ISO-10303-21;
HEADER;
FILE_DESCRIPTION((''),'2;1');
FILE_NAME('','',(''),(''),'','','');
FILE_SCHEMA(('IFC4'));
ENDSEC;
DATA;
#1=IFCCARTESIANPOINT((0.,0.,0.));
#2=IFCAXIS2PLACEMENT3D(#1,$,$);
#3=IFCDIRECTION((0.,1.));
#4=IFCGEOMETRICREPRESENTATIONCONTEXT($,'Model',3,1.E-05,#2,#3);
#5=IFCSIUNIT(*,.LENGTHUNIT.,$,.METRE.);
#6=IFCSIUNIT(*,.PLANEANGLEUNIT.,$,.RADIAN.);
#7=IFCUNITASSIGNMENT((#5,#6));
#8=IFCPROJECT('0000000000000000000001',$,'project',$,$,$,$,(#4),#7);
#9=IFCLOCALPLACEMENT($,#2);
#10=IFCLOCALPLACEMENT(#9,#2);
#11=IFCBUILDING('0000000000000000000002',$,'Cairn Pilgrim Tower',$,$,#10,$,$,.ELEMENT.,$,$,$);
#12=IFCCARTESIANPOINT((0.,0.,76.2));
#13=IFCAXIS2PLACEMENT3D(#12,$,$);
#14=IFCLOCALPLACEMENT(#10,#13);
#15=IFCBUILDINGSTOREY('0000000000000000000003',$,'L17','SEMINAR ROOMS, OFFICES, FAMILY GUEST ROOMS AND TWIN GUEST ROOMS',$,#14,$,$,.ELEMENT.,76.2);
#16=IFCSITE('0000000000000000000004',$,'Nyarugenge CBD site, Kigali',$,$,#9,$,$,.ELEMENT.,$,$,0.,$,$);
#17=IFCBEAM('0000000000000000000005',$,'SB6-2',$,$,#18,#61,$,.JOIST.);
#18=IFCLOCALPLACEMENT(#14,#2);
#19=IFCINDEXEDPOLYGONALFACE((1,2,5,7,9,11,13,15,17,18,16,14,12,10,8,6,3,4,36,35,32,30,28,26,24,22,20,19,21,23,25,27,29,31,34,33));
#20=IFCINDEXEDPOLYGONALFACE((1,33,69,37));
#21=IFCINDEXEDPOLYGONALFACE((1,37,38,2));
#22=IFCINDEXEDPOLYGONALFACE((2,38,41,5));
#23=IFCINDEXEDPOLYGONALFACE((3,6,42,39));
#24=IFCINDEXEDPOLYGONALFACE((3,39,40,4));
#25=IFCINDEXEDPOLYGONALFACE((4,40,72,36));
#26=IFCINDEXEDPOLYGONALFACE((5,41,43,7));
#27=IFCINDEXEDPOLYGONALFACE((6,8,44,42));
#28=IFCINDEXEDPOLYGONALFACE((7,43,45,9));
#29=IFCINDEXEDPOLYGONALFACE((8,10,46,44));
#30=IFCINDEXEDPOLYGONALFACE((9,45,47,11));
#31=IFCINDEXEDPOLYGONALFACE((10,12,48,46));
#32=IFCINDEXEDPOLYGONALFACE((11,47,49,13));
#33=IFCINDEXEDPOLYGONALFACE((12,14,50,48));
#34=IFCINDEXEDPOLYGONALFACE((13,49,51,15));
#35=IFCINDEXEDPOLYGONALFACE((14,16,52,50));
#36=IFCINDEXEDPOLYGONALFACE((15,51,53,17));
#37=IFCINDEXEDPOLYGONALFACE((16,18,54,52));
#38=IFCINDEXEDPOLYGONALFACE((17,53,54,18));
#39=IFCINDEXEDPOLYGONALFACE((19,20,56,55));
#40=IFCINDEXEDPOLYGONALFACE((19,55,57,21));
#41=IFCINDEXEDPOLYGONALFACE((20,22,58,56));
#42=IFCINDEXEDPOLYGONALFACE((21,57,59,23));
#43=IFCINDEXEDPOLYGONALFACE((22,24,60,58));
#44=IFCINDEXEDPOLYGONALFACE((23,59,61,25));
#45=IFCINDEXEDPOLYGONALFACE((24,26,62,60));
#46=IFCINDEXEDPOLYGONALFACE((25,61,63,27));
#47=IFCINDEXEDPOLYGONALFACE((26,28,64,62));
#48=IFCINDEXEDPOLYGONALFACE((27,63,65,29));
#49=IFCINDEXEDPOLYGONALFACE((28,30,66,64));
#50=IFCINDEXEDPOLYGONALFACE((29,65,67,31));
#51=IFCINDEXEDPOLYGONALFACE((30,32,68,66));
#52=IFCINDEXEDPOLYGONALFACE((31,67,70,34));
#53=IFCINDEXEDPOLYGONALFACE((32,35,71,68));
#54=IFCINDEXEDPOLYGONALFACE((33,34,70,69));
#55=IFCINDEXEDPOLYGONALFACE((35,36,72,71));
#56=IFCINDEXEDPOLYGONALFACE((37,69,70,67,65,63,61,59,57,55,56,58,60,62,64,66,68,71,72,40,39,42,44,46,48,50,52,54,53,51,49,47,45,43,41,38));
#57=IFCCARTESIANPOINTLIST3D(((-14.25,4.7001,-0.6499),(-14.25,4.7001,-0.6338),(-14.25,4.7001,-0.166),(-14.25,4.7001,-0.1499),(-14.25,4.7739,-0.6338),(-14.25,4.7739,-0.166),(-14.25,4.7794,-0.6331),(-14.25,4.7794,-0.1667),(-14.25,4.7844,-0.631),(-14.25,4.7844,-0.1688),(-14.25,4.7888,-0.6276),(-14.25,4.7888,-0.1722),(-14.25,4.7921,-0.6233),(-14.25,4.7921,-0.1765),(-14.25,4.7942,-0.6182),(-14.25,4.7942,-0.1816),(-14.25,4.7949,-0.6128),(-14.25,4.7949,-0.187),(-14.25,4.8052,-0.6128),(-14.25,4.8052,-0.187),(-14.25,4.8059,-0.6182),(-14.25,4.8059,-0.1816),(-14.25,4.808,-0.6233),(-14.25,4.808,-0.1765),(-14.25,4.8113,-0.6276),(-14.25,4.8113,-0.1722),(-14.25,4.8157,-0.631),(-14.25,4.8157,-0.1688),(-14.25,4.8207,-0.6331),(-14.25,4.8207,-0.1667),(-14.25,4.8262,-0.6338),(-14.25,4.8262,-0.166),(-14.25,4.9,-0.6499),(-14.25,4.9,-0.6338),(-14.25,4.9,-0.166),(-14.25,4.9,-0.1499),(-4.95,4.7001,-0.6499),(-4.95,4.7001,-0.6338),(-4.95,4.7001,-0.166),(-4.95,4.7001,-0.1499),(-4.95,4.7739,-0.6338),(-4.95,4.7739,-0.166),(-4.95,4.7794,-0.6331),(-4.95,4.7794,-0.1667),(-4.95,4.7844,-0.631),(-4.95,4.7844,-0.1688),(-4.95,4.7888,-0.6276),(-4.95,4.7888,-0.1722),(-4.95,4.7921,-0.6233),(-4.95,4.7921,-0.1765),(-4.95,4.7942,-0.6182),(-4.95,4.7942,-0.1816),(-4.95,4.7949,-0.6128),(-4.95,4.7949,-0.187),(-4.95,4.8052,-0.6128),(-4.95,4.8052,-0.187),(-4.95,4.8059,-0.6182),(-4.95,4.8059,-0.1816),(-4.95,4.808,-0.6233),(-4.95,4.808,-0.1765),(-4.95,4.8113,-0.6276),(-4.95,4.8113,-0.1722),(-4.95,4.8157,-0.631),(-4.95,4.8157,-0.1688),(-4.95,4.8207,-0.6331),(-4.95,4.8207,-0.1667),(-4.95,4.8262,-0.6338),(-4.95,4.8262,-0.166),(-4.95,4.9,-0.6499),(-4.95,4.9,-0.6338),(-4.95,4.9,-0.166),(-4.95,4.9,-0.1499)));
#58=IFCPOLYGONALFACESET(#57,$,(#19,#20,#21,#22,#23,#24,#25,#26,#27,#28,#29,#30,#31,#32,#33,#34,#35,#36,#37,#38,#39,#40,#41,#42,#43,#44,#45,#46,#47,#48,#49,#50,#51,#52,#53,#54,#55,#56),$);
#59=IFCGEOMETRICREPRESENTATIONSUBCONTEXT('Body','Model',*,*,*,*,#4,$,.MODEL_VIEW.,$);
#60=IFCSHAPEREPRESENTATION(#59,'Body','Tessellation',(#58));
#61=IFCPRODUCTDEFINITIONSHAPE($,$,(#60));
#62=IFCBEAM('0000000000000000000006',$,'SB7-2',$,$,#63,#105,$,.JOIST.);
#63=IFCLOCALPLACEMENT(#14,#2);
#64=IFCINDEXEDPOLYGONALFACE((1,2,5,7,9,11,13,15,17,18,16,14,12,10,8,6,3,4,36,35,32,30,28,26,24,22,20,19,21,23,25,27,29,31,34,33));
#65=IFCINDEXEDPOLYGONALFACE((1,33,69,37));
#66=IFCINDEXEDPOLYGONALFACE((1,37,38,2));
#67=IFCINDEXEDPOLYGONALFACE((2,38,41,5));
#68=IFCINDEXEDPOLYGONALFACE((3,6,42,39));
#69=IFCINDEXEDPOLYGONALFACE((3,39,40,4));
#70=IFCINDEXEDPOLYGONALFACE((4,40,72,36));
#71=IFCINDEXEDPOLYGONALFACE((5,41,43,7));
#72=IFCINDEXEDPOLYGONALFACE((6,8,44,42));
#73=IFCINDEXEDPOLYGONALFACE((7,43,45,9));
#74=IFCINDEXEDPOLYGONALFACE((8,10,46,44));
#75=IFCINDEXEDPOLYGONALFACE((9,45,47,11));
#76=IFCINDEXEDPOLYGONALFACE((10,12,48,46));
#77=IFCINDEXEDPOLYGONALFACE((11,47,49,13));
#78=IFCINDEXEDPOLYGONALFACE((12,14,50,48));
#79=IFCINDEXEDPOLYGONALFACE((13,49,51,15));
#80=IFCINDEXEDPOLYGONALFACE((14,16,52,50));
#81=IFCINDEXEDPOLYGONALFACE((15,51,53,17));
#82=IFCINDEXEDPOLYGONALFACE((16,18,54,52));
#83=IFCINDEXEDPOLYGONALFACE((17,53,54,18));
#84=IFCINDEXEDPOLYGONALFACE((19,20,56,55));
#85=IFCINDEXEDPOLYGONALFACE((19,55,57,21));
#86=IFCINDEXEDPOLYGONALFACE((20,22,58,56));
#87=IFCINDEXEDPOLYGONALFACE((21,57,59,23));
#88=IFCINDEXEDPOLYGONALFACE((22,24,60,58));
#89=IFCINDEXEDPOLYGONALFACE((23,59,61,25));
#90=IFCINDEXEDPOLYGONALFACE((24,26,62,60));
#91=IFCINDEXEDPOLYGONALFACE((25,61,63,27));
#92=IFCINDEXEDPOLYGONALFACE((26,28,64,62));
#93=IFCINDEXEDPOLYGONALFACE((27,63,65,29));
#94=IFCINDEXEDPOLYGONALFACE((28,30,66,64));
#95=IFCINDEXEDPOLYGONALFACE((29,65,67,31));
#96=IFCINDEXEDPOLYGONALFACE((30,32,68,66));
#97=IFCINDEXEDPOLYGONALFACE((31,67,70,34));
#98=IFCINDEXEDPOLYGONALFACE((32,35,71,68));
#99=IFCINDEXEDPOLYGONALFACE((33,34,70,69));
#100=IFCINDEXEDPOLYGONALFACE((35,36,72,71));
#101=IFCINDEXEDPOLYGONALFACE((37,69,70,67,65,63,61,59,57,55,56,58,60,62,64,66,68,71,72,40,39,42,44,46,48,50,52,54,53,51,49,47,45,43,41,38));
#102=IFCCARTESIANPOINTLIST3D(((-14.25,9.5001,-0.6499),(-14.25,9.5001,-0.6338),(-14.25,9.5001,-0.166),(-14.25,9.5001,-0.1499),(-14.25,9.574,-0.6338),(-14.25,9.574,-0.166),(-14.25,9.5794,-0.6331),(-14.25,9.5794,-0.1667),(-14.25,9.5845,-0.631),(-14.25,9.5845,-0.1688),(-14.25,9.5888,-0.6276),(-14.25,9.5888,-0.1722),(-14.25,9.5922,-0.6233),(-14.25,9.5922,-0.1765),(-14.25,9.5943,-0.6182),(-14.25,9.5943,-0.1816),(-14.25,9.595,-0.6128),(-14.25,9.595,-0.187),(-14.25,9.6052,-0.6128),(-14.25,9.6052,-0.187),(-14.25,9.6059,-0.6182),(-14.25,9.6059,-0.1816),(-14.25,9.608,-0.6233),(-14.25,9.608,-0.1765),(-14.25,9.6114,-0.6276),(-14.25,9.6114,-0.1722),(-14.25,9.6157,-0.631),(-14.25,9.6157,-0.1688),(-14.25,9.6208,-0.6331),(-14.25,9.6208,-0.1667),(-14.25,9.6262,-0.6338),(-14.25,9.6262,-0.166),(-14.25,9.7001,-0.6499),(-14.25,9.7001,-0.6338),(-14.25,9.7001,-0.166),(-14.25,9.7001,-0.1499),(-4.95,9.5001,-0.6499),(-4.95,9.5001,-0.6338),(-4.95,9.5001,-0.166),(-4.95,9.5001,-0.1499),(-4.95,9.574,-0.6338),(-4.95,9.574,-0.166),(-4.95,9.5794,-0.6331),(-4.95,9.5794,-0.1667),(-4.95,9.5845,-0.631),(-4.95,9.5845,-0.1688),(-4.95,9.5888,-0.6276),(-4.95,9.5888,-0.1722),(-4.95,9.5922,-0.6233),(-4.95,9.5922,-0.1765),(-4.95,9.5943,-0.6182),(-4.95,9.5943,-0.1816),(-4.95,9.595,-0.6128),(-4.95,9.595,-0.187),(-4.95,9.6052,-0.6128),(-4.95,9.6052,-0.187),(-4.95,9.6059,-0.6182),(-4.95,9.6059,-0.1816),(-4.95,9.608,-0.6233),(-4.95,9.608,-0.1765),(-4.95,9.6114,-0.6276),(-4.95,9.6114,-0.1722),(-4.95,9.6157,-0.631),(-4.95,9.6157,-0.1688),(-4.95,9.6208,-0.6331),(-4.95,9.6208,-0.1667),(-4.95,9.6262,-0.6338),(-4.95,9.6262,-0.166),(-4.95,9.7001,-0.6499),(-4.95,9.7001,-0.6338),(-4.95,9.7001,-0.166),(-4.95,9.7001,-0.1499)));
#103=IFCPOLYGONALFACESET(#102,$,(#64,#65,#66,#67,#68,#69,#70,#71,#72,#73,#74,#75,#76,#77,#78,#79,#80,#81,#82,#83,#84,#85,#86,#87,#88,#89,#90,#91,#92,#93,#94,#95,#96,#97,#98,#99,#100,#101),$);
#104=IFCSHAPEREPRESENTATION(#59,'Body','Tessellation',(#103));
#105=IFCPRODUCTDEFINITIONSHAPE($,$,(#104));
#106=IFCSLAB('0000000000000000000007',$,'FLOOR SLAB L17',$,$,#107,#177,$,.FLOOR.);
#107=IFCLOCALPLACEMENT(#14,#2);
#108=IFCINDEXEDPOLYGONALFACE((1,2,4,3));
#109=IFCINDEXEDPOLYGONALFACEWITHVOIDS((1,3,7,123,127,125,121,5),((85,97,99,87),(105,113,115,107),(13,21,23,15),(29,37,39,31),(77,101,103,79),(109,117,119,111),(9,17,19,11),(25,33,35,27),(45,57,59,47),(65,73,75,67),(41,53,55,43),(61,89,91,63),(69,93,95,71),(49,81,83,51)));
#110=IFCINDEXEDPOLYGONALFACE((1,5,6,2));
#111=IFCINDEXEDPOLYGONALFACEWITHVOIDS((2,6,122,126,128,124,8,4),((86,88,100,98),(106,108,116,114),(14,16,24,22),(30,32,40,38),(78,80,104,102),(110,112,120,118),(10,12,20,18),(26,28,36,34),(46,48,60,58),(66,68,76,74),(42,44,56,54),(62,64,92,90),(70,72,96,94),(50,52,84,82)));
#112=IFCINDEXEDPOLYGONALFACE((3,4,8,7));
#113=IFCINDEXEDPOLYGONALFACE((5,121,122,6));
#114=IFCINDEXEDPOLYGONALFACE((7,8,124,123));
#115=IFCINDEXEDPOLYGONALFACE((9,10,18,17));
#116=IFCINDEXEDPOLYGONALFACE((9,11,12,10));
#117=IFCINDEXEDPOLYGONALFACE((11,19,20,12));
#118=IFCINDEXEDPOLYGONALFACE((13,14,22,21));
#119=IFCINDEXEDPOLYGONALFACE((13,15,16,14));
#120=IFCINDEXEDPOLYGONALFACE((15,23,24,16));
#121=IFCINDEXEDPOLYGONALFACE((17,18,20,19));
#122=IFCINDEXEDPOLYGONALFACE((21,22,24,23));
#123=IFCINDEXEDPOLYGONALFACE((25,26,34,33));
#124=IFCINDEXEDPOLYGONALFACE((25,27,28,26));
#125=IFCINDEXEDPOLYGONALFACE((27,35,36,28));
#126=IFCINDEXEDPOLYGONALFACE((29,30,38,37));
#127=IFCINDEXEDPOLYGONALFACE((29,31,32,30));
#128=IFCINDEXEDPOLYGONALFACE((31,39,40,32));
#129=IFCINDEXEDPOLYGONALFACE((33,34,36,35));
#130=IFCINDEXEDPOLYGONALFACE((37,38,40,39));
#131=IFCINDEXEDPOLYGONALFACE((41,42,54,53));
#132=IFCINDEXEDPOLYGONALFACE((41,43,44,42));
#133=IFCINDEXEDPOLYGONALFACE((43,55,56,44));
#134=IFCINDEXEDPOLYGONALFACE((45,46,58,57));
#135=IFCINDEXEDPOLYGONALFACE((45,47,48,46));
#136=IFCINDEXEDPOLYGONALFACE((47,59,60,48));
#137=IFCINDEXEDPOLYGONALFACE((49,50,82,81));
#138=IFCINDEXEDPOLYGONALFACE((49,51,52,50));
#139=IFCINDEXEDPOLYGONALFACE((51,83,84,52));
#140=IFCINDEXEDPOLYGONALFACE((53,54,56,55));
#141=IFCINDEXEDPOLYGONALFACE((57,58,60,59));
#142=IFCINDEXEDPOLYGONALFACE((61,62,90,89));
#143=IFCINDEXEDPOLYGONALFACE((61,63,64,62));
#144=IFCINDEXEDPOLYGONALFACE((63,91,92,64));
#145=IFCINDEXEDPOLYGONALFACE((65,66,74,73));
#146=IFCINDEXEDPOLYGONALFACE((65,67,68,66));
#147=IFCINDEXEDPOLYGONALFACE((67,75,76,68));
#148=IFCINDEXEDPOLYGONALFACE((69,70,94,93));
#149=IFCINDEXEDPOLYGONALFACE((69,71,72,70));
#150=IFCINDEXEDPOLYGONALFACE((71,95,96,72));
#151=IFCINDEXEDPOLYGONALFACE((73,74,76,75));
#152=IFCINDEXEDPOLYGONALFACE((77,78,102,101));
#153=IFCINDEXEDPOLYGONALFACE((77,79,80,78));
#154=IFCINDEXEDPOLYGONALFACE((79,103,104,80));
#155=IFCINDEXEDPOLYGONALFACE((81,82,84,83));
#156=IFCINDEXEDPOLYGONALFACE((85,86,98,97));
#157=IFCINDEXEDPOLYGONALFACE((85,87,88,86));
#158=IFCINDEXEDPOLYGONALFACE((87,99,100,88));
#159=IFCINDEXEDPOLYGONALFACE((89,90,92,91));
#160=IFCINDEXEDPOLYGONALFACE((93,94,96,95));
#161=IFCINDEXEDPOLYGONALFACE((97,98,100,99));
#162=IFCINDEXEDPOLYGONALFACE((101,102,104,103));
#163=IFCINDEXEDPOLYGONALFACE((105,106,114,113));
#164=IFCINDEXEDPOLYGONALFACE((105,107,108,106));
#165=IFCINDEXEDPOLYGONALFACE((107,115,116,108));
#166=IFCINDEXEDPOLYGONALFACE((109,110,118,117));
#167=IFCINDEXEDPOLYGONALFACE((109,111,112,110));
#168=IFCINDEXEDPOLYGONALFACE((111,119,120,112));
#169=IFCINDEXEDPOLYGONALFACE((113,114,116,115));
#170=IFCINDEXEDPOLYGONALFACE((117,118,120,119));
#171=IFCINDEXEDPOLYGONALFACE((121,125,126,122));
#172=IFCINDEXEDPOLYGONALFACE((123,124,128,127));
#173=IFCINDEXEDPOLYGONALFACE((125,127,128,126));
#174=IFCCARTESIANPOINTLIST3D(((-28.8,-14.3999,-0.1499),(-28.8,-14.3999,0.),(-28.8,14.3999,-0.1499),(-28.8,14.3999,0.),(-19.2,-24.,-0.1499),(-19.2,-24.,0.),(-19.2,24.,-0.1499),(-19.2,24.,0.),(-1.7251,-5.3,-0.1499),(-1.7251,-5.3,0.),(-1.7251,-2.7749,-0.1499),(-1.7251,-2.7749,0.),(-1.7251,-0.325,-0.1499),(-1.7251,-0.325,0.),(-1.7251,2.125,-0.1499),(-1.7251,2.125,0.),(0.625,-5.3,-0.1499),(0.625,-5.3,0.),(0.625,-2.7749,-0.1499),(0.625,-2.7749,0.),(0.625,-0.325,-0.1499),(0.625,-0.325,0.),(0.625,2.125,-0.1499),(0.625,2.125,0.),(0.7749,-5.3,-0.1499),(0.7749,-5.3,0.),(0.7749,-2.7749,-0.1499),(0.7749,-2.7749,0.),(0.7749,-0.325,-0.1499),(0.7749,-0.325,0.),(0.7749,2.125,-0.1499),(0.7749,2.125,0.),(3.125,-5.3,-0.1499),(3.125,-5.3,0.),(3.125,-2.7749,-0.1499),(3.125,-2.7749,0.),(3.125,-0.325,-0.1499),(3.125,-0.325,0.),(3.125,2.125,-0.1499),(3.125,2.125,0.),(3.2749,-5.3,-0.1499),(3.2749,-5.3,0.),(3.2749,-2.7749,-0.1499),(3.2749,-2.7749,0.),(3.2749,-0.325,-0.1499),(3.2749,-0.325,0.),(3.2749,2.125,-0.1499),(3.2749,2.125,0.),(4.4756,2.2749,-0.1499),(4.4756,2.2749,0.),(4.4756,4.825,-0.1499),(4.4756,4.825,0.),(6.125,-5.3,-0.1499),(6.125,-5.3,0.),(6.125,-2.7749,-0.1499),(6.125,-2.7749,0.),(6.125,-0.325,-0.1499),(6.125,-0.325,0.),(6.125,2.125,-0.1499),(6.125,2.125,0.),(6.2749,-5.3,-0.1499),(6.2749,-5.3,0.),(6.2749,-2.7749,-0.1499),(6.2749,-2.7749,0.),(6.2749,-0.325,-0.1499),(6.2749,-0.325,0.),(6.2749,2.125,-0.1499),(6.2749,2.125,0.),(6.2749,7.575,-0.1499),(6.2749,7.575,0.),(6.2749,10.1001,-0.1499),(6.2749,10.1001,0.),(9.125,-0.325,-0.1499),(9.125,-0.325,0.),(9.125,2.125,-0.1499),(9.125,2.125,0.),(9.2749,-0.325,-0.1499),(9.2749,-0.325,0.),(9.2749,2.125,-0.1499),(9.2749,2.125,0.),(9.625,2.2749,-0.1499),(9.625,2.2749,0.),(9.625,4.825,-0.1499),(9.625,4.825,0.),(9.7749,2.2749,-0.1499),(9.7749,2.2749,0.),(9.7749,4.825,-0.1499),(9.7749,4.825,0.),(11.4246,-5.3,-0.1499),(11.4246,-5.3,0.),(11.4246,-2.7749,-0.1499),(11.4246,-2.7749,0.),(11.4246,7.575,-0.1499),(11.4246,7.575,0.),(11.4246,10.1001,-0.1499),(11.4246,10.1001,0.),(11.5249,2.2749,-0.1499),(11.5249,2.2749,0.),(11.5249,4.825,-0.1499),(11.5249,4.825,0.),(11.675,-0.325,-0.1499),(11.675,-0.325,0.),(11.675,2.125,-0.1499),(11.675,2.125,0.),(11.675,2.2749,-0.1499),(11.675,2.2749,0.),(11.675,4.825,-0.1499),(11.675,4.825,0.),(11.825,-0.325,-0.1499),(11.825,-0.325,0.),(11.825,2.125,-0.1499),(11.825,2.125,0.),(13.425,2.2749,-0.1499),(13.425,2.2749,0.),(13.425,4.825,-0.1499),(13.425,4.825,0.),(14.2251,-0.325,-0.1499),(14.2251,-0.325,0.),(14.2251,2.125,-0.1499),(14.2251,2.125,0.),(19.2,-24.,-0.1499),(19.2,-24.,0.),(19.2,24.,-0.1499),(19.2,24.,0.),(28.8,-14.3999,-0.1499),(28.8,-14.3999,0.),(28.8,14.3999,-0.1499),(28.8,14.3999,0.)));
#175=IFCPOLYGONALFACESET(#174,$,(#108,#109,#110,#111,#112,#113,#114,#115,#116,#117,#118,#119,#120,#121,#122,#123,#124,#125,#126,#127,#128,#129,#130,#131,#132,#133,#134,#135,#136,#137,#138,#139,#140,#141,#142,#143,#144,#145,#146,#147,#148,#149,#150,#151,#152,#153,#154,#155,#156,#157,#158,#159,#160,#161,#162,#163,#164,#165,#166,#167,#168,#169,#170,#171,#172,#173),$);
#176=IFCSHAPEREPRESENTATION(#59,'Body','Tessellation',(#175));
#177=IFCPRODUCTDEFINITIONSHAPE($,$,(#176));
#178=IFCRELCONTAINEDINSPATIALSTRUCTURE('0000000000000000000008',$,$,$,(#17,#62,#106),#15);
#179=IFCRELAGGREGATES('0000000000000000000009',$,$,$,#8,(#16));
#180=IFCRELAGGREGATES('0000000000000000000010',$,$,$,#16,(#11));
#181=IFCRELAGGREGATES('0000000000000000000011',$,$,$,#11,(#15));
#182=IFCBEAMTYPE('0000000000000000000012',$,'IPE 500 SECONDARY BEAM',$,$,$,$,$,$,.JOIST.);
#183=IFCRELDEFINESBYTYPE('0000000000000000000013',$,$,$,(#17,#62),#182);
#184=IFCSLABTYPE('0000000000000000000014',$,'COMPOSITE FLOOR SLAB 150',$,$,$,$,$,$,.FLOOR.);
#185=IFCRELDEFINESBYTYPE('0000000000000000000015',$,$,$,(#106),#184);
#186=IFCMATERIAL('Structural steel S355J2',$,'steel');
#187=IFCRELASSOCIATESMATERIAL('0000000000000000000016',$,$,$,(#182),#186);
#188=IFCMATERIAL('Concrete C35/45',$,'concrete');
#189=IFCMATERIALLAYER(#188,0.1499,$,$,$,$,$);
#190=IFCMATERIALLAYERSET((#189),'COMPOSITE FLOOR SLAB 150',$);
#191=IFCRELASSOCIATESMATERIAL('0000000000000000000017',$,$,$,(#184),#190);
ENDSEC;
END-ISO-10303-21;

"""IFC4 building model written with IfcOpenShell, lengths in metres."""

from ifc_helpers import new_model, si_unit, direction, frame, origin, origin_2d, place, context, subcontext, project, spatial, polyline, i_section, outline, extrude, material, layer, layer_set, material_profile, profile_set, type_object, element, save


model = new_model("IFC4")

# Units and contexts
model_context = context("Model", 3, precision=1e-05, world=origin(), true_north=direction((0.0, 1.0)))
body_context = subcontext(model_context, "Body", "Model", "MODEL_VIEW")
ifc_project = project(units=[si_unit("LENGTHUNIT", "METRE"), si_unit("PLANEANGLEUNIT", "RADIAN")], contexts=[model_context])

# Site, building, storey
site_placement = place(None, origin())
site = spatial("IfcSite", under=ifc_project, at=site_placement, Name="Nyarugenge CBD site, Kigali", CompositionType="ELEMENT", RefElevation=0.0)
building_placement = place(site_placement, origin())
building = spatial("IfcBuilding", under=site, at=building_placement, Name="Cairn Pilgrim Tower", CompositionType="ELEMENT")
storey_placement = place(building_placement, frame((0.0, 0.0, 76.2)))
storey = spatial("IfcBuildingStorey", under=building, at=storey_placement, Name="L17", Description="SEMINAR ROOMS, OFFICES, FAMILY GUEST ROOMS AND TWIN GUEST ROOMS", CompositionType="ELEMENT", Elevation=76.2)

# Beams
ifc_material_1 = material(Name="Structural steel S355J2", Category="steel")
ifc_material_profile_1 = material_profile(ifc_material_1, i_section(OverallWidth=0.2, OverallDepth=0.5, WebThickness=0.0103, FlangeThickness=0.0161, FilletRadius=0.021, at=origin_2d()), Name="IPE 500")
ifc_profile_set_1 = profile_set([ifc_material_profile_1], Name="Structural steel S355J2")
beam_type_1 = type_object("IfcBeamType", Name="IPE 500 SECONDARY BEAM", PredefinedType="JOIST", material=ifc_profile_set_1)
for number, where, z_axis, x_axis, name in (
    (1, (-14.25, 4.8, -0.3999), (1.0, 0.0, 0.0), (0.0, 1.0, 0.0), "SB6-2"),
    (2, (-14.25, 9.6001, -0.3999), (1.0, 0.0, 0.0), (0.0, 1.0, 0.0), "SB7-2"),
):
    element("IfcBeam", number, at=place(storey_placement, frame(where, z_axis=z_axis, x_axis=x_axis)), inside=storey, type_object=beam_type_1, Name=name, PredefinedType="JOIST", context=body_context, shape_type="SweptSolid", body=[
        extrude(i_section(OverallWidth=0.2, OverallDepth=0.5, WebThickness=0.0103, FlangeThickness=0.0161, FilletRadius=0.021, at=origin_2d()), origin(), (0.0, 0.0, 1.0), 9.3),
    ])

# Slab
ifc_material_2 = material(Name="Concrete C35/45", Category="concrete")
ifc_layer_1 = layer(ifc_material_2, 0.1499)
ifc_layer_set_1 = layer_set([ifc_layer_1], Name="COMPOSITE FLOOR SLAB 150")
slab_type_1 = type_object("IfcSlabType", Name="COMPOSITE FLOOR SLAB 150", PredefinedType="FLOOR", material=ifc_layer_set_1)
slab_1_placement = place(storey_placement, frame((0.0, 0.0, -0.1499)))
element("IfcSlab", 3, at=slab_1_placement, inside=storey, type_object=slab_type_1, Name="FLOOR SLAB L17", PredefinedType="FLOOR", context=body_context, shape_type="SweptSolid", body=[
    extrude(outline(polyline([(-19.2, -24.0), (19.2, -24.0), (28.8, -14.3999), (28.8, 14.3999), (19.2, 24.0), (-19.2, 24.0), (-28.8, 14.3999), (-28.8, -14.3999), (-19.2, -24.0)]), holes=[polyline([(-1.7251, -5.3), (0.625, -5.3), (0.625, -2.7749), (-1.7251, -2.7749), (-1.7251, -5.3)]), polyline([(0.7749, -5.3), (3.125, -5.3), (3.125, -2.7749), (0.7749, -2.7749), (0.7749, -5.3)]), polyline([(-1.7251, -0.325), (0.625, -0.325), (0.625, 2.125), (-1.7251, 2.125), (-1.7251, -0.325)]), polyline([(0.7749, -0.325), (3.125, -0.325), (3.125, 2.125), (0.7749, 2.125), (0.7749, -0.325)]), polyline([(3.2749, -5.3), (6.125, -5.3), (6.125, -2.7749), (3.2749, -2.7749), (3.2749, -5.3)]), polyline([(3.2749, -0.325), (6.125, -0.325), (6.125, 2.125), (3.2749, 2.125), (3.2749, -0.325)]), polyline([(6.2749, -0.325), (9.125, -0.325), (9.125, 2.125), (6.2749, 2.125), (6.2749, -0.325)]), polyline([(9.2749, -0.325), (11.675, -0.325), (11.675, 2.125), (9.2749, 2.125), (9.2749, -0.325)]), polyline([(11.825, -0.325), (14.2251, -0.325), (14.2251, 2.125), (11.825, 2.125), (11.825, -0.325)]), polyline([(9.7749, 2.2749), (11.5249, 2.2749), (11.5249, 4.825), (9.7749, 4.825), (9.7749, 2.2749)]), polyline([(11.675, 2.2749), (13.425, 2.2749), (13.425, 4.825), (11.675, 4.825), (11.675, 2.2749)]), polyline([(11.4246, -2.7749), (6.2749, -2.7749), (6.2749, -5.3), (11.4246, -5.3), (11.4246, -2.7749)]), polyline([(4.4756, 2.2749), (9.625, 2.2749), (9.625, 4.825), (4.4756, 4.825), (4.4756, 2.2749)]), polyline([(11.4246, 10.1001), (6.2749, 10.1001), (6.2749, 7.575), (11.4246, 7.575), (11.4246, 10.1001)])]), origin(), (0.0, 0.0, 1.0), 0.1499),
])

save(model, "model.ifc")
